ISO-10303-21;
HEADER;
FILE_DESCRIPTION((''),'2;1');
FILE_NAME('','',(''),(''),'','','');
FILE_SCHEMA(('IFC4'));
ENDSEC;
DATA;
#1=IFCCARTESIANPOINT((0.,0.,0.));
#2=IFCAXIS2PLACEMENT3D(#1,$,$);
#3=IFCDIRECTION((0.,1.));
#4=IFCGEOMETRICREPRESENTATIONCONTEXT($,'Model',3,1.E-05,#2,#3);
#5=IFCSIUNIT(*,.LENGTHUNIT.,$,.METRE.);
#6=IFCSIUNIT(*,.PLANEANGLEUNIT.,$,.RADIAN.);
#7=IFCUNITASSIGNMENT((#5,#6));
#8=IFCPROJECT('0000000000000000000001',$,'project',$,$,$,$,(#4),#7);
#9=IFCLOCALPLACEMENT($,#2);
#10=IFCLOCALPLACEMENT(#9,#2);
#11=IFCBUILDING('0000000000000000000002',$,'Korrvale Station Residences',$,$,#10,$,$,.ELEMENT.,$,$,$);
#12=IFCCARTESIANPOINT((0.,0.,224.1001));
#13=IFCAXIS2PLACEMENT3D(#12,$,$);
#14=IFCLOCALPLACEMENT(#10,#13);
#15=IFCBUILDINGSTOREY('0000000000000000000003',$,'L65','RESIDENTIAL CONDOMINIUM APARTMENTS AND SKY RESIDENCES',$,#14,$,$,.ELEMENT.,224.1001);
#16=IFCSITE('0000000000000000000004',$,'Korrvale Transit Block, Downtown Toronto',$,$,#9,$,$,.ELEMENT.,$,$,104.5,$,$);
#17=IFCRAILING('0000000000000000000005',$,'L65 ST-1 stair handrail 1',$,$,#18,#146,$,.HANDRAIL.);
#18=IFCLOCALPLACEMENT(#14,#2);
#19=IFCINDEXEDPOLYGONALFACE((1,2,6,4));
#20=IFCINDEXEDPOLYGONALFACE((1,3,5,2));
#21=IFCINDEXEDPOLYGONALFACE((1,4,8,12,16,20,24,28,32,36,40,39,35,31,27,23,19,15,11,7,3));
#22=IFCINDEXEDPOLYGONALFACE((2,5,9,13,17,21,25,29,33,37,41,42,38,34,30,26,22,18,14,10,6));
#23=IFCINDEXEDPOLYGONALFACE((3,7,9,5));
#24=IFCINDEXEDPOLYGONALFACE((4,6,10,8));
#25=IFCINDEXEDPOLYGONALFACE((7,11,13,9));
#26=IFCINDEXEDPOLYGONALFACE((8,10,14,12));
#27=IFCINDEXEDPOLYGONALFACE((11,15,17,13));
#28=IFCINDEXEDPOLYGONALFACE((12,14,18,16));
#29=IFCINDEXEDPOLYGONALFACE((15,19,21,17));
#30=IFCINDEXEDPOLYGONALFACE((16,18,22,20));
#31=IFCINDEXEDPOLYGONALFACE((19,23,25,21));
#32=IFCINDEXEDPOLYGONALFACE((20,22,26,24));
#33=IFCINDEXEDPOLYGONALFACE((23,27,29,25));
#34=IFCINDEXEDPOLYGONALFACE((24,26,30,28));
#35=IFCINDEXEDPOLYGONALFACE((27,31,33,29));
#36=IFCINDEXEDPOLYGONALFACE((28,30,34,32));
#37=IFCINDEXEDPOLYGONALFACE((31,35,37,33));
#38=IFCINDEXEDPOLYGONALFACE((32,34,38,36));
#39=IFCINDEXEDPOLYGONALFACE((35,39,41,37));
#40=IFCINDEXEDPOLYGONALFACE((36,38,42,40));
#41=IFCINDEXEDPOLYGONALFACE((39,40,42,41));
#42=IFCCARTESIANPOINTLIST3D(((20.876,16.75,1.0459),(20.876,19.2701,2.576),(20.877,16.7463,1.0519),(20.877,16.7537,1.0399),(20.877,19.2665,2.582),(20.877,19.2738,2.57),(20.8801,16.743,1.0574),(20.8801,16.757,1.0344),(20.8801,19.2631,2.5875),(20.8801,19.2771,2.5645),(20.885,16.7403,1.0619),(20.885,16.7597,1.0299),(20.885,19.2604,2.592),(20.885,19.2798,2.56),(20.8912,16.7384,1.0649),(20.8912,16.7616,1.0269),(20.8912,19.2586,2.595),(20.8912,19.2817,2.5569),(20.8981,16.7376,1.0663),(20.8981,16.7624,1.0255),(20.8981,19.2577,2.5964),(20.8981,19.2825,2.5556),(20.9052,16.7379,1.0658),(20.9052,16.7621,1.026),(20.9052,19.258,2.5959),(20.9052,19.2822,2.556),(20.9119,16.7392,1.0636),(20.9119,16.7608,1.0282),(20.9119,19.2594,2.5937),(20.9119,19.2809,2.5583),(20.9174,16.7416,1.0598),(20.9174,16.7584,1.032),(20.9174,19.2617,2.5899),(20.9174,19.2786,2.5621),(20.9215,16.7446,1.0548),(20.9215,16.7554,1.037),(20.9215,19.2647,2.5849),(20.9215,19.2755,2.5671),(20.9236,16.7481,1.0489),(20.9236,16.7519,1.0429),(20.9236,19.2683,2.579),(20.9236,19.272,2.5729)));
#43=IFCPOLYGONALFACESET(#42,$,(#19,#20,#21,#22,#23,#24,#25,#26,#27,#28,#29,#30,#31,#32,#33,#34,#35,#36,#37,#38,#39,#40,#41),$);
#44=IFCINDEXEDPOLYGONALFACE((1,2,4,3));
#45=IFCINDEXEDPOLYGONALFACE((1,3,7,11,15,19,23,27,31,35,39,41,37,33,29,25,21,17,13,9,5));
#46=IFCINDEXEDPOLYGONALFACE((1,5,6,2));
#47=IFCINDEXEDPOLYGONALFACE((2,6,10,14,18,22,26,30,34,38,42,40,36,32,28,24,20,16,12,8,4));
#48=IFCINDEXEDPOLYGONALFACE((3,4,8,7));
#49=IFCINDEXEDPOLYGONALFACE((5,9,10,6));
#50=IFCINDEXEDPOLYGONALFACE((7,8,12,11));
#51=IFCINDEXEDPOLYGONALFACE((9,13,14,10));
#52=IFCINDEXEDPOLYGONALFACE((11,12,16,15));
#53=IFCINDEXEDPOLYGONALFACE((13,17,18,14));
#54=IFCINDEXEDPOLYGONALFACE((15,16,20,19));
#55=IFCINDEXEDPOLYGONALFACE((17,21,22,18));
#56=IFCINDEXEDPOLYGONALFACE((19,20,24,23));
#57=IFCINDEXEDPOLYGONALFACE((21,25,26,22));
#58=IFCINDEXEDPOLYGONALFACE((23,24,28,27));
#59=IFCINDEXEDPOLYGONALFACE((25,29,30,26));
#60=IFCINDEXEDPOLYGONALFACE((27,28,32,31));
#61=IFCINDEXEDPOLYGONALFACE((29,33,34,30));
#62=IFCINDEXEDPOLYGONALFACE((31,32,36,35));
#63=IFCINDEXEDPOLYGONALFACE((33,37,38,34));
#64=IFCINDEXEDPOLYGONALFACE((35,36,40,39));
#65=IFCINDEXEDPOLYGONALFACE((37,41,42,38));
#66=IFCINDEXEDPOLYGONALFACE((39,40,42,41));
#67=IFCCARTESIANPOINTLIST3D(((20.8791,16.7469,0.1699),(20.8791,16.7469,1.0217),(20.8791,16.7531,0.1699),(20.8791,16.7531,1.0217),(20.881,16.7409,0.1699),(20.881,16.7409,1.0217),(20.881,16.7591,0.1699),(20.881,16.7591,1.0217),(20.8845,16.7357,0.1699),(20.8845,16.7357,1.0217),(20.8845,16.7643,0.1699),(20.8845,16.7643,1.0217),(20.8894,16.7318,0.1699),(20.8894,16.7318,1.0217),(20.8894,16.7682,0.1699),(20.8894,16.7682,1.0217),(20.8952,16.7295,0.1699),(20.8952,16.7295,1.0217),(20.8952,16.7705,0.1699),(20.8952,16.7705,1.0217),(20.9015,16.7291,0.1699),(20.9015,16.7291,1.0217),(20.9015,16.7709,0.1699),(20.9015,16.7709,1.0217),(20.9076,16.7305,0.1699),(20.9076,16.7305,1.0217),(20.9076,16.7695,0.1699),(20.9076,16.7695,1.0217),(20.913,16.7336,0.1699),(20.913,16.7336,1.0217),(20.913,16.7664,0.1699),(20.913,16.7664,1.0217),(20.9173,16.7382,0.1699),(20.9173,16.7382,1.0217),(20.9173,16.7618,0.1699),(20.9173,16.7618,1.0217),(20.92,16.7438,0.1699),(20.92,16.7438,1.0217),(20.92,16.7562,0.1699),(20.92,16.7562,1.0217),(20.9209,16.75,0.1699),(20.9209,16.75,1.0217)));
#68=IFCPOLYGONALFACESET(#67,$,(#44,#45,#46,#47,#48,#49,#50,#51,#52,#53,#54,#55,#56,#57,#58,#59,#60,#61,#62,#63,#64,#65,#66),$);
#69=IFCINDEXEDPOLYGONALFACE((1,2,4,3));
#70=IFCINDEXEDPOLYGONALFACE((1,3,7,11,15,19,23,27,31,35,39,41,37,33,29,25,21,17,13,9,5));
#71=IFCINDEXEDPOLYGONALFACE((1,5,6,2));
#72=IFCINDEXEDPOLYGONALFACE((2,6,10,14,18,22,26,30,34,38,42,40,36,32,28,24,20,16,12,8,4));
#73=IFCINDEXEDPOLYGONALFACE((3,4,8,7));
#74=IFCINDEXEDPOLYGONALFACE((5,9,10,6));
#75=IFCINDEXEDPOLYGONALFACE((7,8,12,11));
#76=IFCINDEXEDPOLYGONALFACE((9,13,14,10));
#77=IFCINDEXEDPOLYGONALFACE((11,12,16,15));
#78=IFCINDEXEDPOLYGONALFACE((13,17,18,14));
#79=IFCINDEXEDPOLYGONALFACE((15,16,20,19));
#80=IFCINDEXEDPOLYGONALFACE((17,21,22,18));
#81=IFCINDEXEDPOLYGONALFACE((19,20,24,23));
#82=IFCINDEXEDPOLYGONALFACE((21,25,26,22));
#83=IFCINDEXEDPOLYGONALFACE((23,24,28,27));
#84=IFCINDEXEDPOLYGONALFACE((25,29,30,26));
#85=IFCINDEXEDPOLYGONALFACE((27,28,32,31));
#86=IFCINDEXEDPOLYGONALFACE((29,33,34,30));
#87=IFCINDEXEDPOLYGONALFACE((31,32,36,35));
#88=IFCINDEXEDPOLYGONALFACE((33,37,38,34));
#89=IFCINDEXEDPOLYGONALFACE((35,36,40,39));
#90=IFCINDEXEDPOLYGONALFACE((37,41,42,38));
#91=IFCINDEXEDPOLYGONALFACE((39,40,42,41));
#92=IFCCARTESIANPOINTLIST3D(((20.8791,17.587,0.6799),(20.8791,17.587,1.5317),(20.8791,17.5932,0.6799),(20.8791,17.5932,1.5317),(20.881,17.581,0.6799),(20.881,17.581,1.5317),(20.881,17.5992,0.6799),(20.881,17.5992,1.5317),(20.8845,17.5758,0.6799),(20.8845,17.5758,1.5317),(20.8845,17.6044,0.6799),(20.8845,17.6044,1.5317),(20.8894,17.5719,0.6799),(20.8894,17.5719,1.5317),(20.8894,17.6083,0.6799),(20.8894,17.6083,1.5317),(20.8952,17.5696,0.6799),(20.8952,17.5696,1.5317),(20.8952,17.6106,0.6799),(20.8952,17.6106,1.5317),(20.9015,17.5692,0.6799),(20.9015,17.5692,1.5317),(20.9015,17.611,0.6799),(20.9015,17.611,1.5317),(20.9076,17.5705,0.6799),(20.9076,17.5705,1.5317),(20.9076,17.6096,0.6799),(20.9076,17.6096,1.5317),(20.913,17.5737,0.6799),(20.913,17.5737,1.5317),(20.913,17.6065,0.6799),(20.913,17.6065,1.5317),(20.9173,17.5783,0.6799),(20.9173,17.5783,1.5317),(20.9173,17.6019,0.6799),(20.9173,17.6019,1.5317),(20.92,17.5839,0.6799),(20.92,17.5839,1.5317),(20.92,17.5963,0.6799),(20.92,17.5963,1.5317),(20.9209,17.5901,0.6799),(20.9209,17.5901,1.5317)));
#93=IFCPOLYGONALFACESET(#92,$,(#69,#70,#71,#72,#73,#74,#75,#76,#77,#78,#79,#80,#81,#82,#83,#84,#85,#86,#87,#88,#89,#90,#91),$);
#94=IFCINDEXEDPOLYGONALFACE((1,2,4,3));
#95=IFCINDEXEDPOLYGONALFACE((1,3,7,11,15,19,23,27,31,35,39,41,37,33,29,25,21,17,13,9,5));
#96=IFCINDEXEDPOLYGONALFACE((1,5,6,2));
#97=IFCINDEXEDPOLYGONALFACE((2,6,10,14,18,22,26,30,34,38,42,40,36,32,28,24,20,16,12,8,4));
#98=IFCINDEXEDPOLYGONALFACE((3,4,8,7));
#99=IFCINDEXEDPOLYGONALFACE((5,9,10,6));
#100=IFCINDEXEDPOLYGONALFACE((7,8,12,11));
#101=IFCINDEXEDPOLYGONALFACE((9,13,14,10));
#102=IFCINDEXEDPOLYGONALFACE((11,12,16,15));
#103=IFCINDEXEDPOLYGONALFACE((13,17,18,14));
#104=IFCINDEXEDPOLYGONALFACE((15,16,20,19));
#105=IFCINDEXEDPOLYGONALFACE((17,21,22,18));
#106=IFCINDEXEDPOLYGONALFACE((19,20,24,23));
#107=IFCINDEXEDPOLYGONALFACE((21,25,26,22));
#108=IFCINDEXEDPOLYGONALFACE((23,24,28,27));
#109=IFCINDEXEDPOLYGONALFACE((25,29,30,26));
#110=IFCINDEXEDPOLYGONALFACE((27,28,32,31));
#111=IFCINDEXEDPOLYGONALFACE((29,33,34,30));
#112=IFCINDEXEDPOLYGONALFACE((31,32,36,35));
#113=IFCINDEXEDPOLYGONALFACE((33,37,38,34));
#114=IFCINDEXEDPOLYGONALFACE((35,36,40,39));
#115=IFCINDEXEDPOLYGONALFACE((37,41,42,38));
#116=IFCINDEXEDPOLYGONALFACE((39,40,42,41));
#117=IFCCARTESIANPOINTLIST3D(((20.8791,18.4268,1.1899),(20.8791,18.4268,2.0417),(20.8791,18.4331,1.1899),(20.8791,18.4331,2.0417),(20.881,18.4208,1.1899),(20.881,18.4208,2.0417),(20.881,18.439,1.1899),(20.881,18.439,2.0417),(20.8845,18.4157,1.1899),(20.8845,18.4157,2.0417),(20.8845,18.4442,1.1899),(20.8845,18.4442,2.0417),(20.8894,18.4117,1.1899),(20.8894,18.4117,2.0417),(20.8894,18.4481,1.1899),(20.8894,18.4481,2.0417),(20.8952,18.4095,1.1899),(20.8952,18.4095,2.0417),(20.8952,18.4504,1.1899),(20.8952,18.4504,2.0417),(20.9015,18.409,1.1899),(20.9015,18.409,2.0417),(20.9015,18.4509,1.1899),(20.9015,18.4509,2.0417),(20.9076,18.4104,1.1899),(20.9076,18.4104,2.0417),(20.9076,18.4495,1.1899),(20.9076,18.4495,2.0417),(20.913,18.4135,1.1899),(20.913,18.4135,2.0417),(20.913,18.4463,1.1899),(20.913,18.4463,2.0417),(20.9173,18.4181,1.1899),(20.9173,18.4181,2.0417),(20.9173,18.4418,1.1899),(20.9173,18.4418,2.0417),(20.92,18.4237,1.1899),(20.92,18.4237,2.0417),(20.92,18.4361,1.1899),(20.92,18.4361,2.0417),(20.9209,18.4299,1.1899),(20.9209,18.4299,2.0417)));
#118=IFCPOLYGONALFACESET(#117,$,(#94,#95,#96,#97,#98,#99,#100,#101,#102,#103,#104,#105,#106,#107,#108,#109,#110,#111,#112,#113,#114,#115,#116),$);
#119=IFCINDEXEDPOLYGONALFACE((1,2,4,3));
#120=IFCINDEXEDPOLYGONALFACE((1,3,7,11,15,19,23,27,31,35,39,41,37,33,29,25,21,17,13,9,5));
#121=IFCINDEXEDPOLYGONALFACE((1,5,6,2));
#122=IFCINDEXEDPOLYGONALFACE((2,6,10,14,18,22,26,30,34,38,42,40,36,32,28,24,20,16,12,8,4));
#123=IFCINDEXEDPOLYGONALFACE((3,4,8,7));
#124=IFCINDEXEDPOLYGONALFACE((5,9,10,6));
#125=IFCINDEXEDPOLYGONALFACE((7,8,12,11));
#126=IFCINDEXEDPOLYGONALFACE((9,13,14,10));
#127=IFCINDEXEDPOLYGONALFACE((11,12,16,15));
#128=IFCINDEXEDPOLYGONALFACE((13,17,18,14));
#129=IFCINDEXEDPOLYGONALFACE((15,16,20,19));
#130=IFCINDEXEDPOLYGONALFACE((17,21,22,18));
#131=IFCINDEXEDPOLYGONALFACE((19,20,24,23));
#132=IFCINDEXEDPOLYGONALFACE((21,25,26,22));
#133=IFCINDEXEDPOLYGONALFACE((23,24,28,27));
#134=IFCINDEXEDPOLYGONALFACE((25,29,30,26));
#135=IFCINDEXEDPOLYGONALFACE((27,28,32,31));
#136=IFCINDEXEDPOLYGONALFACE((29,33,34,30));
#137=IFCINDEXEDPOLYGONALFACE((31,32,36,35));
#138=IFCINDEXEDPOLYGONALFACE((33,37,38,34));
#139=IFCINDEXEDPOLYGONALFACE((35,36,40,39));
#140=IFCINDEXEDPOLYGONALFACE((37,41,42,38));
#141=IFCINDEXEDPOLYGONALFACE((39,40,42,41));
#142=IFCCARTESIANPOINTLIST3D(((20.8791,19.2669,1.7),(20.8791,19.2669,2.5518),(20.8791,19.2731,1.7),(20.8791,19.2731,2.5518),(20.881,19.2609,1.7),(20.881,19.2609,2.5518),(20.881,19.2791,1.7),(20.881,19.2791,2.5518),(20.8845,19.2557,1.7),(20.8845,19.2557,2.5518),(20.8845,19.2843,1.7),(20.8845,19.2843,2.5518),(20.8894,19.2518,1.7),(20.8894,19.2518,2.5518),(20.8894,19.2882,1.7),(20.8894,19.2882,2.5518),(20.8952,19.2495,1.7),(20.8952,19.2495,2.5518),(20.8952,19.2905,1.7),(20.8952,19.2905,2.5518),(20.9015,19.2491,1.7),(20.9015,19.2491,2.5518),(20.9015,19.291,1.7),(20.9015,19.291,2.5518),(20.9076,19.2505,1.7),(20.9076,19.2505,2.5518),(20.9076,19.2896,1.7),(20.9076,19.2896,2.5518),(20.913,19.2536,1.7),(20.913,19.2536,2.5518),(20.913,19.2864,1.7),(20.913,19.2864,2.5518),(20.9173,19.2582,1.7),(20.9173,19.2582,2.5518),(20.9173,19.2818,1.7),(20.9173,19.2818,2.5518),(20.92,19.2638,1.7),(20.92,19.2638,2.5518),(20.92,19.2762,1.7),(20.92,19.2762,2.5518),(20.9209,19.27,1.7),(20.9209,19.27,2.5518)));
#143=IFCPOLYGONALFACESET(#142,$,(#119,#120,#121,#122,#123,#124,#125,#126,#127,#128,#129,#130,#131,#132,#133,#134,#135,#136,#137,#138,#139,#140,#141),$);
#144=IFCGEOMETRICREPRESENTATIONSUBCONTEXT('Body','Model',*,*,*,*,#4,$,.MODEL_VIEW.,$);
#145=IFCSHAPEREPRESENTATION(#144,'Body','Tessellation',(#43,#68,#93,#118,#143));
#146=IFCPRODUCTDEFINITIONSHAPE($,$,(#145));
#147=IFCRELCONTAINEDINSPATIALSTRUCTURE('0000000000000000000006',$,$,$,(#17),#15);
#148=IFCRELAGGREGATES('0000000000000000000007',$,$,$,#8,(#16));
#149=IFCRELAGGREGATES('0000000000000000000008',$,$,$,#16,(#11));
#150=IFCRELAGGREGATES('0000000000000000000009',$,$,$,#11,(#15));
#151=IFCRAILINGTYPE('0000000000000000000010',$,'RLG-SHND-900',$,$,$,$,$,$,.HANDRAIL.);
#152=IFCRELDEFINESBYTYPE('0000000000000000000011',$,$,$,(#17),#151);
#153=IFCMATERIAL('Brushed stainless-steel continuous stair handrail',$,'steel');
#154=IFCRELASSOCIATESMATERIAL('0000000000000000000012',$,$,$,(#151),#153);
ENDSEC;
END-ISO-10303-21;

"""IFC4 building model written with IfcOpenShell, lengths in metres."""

from ifc_helpers import new_model, si_unit, direction, frame, origin, origin_2d, place, context, subcontext, project, spatial, circle, extrude, material, type_object, element, save


model = new_model("IFC4")

# Units and contexts
model_context = context("Model", 3, precision=1e-05, world=origin(), true_north=direction((0.0, 1.0)))
body_context = subcontext(model_context, "Body", "Model", "MODEL_VIEW")
ifc_project = project(units=[si_unit("LENGTHUNIT", "METRE"), si_unit("PLANEANGLEUNIT", "RADIAN")], contexts=[model_context])

# Site, building, storey
site_placement = place(None, origin())
site = spatial("IfcSite", under=ifc_project, at=site_placement, Name="Korrvale Transit Block, Downtown Toronto", CompositionType="ELEMENT", RefElevation=104.5)
building_placement = place(site_placement, origin())
building = spatial("IfcBuilding", under=site, at=building_placement, Name="Korrvale Station Residences", CompositionType="ELEMENT")
storey_placement = place(building_placement, frame((0.0, 0.0, 224.1001)))
storey = spatial("IfcBuildingStorey", under=building, at=storey_placement, Name="L65", Description="RESIDENTIAL CONDOMINIUM APARTMENTS AND SKY RESIDENCES", CompositionType="ELEMENT", Elevation=224.1001)

# Railing
ifc_material_1 = material(Name="Brushed stainless-steel continuous stair handrail", Category="steel")
railing_type_1 = type_object("IfcRailingType", Name="RLG-SHND-900", PredefinedType="HANDRAIL", material=ifc_material_1)
railing_1_placement = place(storey_placement, frame((20.8999, 16.75, 0.1699)))
element("IfcRailing", 1, at=railing_1_placement, inside=storey, type_object=railing_type_1, Name="L65 ST-1 stair handrail 1", PredefinedType="HANDRAIL", context=body_context, shape_type="SweptSolid", body=[
    extrude(circle(Radius=0.0239, at=origin_2d()), frame((0.0, 0.0, 0.876), z_axis=(0.0, 0.854785, 0.518982), x_axis=(-1.0, 0.0, 0.0)), (0.0, 0.0, 1.0), 2.9482),
    extrude(circle(Radius=0.021, at=origin_2d()), origin(), (0.0, 0.0, 1.0), 0.8518),
    extrude(circle(Radius=0.021, at=origin_2d()), frame((0.0, 0.8401, 0.51)), (0.0, 0.0, 1.0), 0.8518),
    extrude(circle(Radius=0.021, at=origin_2d()), frame((0.0, 1.6799, 1.02)), (0.0, 0.0, 1.0), 0.8518),
    extrude(circle(Radius=0.021, at=origin_2d()), frame((0.0, 2.52, 1.53)), (0.0, 0.0, 1.0), 0.8518),
])

save(model, "model.ifc")
